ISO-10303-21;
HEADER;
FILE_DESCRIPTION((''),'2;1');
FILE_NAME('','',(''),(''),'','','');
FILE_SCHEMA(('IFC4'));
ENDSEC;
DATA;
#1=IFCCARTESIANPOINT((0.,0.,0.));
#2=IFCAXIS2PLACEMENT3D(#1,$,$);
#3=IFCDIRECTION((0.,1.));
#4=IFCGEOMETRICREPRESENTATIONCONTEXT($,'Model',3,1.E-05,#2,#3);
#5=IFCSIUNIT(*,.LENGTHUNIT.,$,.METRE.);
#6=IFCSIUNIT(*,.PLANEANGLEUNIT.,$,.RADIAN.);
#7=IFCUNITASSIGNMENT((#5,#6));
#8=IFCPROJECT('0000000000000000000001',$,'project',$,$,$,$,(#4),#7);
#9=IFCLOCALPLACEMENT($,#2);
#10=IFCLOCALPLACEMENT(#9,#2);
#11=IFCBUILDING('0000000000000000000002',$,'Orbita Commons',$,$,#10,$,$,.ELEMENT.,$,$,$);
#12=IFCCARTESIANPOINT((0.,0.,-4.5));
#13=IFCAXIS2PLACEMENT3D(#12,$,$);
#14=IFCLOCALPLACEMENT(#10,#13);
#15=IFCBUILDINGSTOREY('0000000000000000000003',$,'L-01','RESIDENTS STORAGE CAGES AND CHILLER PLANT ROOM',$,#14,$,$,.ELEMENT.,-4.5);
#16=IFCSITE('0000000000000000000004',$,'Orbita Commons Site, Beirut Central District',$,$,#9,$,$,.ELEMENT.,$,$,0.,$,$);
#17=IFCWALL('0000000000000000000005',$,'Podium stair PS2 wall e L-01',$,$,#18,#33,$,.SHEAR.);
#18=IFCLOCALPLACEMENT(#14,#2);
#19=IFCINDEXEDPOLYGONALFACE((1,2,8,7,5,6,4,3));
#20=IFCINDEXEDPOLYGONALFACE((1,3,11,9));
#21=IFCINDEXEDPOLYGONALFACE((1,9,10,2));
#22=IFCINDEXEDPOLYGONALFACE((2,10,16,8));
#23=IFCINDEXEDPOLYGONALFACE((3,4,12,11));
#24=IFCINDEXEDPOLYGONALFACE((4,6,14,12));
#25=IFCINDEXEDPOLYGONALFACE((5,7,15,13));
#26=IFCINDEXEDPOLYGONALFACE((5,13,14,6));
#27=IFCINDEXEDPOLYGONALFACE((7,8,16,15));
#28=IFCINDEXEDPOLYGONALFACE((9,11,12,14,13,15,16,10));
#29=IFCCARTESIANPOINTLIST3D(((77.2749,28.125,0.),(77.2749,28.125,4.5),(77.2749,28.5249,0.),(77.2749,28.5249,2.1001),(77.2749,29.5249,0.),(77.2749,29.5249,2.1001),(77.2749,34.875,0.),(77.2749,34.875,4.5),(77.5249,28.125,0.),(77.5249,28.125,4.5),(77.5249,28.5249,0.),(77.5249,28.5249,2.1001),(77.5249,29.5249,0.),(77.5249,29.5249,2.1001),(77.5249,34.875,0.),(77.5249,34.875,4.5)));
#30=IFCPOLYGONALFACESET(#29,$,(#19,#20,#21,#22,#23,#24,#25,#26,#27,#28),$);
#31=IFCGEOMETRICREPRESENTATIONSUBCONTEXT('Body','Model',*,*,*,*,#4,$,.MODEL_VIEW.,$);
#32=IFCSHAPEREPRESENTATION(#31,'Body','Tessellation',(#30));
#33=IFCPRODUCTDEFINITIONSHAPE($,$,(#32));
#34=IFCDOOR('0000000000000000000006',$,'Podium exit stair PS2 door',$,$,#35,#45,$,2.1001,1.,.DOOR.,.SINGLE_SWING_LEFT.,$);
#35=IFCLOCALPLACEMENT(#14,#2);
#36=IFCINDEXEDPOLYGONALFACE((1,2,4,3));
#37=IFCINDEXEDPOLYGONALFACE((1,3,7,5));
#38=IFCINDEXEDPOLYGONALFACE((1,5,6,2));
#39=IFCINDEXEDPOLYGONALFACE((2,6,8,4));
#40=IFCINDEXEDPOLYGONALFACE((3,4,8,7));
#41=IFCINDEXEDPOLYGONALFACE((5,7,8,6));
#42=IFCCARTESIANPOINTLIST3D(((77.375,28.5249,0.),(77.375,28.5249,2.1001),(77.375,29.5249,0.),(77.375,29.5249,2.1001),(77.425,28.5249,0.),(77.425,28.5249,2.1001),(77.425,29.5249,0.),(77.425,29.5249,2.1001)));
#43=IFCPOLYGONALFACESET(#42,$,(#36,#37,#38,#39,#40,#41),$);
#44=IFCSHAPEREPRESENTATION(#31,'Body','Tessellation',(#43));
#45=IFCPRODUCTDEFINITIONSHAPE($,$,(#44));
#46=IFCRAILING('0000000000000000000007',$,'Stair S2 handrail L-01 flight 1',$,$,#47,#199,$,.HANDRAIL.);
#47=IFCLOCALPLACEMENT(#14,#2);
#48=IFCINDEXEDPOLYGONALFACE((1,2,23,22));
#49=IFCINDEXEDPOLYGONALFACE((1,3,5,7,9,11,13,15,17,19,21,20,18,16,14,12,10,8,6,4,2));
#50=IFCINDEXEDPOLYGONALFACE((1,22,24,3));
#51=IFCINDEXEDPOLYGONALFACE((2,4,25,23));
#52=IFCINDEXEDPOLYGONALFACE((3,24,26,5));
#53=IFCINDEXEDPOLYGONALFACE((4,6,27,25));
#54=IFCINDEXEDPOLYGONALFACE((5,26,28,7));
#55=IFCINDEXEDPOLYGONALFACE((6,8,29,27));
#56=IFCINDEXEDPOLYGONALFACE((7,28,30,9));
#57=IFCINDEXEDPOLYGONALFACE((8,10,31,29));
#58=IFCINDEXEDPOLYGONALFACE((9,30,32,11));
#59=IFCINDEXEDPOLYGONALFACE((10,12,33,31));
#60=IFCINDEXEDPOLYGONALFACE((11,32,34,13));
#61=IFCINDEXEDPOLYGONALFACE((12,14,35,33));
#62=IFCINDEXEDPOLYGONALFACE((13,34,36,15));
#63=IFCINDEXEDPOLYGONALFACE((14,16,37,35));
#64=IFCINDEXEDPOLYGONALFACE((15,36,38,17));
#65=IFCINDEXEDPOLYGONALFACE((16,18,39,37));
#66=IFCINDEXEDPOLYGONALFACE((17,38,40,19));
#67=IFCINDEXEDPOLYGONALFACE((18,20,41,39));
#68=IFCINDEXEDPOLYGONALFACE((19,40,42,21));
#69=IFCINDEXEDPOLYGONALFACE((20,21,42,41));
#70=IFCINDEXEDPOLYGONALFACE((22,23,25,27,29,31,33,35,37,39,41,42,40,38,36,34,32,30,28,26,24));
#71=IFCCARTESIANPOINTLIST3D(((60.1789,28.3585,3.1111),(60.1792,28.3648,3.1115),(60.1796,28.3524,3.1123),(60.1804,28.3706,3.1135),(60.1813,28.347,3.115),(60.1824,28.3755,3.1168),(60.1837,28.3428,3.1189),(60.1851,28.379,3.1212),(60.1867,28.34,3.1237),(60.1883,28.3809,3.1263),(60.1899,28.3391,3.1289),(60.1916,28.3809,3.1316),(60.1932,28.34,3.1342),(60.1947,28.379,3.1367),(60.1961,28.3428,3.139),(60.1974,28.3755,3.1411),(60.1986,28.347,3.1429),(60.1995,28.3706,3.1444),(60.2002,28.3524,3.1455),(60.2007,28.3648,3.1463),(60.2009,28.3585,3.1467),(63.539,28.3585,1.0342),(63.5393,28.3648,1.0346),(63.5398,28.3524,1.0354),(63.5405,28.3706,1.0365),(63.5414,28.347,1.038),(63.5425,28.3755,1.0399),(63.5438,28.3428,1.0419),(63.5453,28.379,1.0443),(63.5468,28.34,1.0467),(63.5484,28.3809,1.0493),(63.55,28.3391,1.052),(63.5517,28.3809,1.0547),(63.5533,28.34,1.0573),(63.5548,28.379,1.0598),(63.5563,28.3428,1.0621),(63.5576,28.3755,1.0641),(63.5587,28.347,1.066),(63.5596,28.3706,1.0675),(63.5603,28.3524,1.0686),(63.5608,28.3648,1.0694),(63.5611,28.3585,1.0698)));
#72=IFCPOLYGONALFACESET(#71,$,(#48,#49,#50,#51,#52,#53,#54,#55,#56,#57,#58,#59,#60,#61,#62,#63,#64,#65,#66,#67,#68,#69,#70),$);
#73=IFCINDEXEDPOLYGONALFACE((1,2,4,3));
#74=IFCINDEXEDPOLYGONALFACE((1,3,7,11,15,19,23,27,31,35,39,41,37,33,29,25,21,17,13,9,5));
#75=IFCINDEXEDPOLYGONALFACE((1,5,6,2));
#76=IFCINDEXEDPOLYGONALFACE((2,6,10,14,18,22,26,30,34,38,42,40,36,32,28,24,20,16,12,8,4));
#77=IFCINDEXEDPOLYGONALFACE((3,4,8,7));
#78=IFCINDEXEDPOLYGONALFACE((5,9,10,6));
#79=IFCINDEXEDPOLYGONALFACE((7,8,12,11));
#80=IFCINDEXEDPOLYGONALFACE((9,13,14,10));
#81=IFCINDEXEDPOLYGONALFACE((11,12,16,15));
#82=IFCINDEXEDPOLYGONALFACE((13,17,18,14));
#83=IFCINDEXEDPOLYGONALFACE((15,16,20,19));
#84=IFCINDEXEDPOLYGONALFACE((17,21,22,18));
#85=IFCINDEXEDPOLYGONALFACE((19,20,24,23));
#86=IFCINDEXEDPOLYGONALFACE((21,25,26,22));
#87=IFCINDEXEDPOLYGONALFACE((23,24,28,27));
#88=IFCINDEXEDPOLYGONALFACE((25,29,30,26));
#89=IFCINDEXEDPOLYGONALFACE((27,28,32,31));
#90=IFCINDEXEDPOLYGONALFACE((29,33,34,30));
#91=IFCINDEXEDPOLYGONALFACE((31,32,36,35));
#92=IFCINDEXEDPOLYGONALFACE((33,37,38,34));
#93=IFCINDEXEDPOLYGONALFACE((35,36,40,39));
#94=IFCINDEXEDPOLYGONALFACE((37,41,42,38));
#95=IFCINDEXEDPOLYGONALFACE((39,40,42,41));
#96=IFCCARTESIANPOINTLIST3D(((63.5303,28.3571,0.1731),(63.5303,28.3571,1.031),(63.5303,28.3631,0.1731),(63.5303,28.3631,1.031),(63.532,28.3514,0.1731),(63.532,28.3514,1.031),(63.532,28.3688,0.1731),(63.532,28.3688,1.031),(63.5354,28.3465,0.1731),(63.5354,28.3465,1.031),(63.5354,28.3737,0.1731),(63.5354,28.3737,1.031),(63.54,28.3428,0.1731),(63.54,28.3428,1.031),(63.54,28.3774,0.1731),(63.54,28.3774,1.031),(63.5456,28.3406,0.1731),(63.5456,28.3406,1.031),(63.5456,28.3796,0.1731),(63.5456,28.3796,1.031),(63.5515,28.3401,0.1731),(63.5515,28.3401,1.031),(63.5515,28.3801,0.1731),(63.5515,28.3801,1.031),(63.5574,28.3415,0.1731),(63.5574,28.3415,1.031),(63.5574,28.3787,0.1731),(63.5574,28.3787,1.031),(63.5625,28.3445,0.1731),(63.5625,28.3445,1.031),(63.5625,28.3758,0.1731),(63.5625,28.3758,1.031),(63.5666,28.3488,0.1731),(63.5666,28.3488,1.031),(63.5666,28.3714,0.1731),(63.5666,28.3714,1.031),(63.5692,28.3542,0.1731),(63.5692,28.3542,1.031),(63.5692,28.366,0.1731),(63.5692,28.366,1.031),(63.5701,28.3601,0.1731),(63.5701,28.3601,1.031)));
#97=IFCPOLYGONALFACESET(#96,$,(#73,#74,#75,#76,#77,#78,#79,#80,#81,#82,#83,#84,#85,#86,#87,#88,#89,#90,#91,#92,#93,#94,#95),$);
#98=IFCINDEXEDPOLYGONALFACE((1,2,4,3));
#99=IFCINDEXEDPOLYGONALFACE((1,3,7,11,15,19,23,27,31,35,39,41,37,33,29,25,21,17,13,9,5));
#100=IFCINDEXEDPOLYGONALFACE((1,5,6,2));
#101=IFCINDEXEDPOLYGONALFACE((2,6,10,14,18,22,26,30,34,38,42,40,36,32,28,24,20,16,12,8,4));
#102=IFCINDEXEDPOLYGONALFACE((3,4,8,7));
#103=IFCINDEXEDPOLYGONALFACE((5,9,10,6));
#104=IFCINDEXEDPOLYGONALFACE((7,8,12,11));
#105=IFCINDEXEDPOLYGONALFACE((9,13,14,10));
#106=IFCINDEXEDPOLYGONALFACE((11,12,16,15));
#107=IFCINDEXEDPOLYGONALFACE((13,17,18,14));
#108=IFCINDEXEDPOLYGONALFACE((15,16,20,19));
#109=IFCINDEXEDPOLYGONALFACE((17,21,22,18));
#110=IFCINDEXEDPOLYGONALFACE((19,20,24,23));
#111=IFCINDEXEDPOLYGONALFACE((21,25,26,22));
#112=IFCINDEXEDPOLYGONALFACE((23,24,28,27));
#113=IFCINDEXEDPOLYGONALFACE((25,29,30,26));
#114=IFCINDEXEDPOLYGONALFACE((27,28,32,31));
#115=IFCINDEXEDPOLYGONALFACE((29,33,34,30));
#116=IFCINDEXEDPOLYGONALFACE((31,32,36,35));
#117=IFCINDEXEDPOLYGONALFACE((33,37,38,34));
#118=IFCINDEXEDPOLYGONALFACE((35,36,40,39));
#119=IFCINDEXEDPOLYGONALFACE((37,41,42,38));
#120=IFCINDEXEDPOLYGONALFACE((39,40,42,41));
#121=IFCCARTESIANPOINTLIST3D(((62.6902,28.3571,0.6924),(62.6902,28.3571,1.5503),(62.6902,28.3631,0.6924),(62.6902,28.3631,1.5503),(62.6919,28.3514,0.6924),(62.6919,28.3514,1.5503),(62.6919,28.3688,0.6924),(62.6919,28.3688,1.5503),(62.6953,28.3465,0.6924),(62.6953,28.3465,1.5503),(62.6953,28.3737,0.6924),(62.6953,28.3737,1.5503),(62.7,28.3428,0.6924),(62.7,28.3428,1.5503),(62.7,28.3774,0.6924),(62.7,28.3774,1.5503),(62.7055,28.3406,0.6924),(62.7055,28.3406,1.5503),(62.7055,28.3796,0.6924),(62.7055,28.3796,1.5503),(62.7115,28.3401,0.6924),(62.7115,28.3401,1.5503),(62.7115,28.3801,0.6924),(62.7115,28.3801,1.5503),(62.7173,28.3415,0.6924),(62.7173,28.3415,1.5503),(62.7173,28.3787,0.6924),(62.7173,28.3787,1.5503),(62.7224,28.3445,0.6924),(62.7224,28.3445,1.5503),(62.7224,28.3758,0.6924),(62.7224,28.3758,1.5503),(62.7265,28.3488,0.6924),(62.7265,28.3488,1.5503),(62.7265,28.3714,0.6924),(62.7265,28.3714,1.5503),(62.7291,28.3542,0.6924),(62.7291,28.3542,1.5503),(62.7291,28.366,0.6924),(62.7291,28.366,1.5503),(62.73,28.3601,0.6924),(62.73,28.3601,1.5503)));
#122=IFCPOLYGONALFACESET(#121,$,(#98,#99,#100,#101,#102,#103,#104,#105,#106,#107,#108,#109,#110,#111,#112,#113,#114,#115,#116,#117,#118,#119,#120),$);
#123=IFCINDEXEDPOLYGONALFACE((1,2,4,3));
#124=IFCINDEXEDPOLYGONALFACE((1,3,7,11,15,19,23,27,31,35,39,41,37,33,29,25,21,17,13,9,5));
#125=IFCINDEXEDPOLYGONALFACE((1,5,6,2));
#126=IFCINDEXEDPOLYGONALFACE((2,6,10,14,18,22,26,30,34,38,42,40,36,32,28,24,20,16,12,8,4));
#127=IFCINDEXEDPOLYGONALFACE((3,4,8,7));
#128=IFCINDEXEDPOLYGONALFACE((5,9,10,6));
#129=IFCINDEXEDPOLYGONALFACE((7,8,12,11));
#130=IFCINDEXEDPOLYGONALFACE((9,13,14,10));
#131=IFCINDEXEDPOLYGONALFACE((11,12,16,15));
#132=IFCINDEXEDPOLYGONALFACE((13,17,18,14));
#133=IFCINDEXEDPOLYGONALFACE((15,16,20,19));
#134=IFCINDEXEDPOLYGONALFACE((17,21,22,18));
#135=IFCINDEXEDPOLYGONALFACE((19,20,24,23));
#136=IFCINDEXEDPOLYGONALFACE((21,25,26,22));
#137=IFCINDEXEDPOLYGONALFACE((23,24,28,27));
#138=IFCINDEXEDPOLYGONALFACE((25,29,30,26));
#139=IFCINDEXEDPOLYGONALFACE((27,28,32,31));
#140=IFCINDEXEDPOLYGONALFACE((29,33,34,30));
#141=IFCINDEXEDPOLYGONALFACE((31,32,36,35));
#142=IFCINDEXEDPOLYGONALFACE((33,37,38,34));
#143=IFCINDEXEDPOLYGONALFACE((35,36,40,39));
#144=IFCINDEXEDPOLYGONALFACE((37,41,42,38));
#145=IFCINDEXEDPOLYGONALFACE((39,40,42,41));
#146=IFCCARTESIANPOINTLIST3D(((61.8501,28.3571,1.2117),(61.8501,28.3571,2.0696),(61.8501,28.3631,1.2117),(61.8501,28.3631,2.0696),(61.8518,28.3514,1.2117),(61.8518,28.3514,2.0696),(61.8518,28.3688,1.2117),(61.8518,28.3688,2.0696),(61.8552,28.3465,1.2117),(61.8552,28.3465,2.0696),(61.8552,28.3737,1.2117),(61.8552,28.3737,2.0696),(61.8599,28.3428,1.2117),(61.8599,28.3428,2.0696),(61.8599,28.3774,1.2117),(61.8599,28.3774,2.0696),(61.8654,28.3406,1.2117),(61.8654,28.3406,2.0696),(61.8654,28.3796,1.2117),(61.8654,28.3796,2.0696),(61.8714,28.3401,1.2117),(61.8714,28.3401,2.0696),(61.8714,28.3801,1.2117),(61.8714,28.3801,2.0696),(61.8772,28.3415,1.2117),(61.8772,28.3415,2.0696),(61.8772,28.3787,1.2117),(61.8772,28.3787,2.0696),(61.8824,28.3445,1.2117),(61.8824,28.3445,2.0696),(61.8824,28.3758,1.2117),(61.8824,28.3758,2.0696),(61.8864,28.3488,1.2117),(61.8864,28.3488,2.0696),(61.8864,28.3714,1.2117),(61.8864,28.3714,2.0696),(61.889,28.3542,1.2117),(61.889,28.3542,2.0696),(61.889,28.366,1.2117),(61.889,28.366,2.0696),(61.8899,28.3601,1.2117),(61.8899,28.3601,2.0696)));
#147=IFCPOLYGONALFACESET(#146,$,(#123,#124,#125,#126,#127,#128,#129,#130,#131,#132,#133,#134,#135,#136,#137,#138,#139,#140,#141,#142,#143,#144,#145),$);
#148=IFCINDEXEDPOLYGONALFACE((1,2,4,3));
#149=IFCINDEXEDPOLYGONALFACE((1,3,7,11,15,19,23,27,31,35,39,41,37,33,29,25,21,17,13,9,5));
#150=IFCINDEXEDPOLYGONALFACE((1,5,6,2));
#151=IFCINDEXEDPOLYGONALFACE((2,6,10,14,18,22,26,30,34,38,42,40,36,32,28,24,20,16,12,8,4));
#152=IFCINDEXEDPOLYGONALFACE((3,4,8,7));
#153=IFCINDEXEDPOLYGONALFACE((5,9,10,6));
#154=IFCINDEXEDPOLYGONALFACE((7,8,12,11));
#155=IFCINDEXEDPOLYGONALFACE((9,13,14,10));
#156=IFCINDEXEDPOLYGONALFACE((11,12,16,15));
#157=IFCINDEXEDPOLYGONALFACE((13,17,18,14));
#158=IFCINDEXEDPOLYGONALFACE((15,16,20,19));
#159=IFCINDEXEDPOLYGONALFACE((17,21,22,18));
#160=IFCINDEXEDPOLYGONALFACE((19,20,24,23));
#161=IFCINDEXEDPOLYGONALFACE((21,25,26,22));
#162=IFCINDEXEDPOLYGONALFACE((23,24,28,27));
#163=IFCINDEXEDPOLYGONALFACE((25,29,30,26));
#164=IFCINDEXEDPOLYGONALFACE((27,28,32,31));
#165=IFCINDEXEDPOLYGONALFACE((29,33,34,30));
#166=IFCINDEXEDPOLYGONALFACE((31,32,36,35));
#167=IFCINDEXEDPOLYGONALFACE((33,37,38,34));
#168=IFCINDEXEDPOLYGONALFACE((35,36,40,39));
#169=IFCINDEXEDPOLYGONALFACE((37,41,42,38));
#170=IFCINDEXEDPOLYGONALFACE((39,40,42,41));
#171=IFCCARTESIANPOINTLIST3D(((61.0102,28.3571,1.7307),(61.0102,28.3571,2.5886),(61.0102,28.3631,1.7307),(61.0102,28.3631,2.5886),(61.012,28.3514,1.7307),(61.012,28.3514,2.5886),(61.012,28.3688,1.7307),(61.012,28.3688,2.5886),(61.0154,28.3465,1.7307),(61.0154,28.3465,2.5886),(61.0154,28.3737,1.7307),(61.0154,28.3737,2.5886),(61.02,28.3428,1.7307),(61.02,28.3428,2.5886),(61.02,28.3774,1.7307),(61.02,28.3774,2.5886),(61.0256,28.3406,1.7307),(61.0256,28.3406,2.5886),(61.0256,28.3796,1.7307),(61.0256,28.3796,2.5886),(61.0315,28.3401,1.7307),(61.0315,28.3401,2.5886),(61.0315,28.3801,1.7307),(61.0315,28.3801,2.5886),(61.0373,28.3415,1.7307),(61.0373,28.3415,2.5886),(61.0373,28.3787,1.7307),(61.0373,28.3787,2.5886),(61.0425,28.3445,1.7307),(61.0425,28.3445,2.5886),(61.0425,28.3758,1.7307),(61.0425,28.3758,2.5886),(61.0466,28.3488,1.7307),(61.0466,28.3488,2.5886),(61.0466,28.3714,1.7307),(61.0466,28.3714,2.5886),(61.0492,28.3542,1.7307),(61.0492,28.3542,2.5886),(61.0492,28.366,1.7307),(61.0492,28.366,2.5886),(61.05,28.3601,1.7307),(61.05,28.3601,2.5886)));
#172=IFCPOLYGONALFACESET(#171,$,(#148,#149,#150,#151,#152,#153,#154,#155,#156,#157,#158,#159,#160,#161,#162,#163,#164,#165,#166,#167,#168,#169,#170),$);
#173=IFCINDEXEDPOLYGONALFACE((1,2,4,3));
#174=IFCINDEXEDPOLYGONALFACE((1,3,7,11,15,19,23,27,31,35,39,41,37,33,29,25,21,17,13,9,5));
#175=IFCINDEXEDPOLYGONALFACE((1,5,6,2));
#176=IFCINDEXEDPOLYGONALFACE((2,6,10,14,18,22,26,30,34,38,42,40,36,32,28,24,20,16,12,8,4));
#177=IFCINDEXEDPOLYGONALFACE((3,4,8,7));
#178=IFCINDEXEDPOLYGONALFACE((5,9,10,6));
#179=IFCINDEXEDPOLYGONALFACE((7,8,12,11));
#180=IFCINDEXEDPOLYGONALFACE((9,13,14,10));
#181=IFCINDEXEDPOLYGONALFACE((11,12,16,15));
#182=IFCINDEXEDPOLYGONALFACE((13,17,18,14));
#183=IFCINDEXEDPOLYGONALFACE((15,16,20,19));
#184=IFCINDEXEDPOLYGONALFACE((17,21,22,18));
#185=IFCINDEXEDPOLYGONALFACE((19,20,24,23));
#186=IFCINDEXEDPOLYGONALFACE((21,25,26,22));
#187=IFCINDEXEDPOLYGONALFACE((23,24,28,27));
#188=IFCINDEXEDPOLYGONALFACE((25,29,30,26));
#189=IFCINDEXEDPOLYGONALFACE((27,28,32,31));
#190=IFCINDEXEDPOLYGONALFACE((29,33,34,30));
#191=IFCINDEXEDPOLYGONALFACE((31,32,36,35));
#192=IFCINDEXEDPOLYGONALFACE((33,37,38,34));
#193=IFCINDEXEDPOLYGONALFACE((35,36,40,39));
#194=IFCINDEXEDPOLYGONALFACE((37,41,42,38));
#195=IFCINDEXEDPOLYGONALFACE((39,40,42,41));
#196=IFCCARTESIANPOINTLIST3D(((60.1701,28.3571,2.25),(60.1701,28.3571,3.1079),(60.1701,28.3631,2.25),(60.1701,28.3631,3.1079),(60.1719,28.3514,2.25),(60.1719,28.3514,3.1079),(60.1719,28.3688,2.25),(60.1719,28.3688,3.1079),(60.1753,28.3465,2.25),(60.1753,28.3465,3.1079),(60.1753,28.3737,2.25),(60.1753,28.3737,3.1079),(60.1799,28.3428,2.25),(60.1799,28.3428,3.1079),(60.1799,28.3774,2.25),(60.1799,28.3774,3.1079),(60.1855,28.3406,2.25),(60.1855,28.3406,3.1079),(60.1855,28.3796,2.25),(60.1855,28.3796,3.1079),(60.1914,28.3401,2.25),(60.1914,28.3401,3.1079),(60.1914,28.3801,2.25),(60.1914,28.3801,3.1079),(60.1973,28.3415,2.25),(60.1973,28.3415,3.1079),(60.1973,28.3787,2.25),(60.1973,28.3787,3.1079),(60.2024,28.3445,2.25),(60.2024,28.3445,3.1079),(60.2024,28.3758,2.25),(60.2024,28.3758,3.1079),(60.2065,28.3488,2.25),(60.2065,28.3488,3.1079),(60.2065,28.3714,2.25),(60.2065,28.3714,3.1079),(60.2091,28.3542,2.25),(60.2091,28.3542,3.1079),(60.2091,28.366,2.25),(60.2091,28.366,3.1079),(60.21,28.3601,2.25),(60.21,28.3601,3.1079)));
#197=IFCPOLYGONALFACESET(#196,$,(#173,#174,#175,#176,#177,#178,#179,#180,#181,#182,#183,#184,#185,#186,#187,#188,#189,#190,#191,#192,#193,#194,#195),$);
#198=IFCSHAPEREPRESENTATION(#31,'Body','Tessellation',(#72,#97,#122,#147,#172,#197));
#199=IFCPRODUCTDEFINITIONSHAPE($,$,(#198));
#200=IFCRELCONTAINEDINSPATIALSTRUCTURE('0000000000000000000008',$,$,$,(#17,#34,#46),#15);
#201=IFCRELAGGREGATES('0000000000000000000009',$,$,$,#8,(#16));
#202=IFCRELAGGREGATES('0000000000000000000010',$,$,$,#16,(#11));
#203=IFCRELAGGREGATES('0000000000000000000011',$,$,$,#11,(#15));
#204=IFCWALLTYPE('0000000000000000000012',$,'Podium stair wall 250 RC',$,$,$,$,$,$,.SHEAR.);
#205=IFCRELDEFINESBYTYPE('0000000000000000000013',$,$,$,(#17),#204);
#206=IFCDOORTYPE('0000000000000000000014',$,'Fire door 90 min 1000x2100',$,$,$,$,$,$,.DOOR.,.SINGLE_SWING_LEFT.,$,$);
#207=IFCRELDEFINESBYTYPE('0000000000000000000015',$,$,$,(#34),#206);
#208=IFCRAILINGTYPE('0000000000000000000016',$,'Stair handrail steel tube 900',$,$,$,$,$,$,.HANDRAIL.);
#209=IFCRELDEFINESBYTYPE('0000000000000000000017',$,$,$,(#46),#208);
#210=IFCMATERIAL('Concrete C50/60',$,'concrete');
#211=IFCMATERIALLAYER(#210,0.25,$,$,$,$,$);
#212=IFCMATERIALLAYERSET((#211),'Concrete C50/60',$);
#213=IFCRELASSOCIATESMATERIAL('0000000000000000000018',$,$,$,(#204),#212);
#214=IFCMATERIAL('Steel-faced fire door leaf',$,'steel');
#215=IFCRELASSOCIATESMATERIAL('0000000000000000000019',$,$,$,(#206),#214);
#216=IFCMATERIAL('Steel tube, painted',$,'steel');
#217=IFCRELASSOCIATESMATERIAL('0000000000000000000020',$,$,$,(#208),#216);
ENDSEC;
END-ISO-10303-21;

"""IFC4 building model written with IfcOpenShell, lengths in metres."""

from ifc_helpers import new_model, si_unit, direction, frame, frame_2d, origin, origin_2d, place, context, subcontext, project, spatial, rectangle, circle, extrude, material, layer, layer_set, type_object, element, fill, save


model = new_model("IFC4")

# Units and contexts
model_context = context("Model", 3, precision=1e-05, world=origin(), true_north=direction((0.0, 1.0)))
body_context = subcontext(model_context, "Body", "Model", "MODEL_VIEW")
ifc_project = project(units=[si_unit("LENGTHUNIT", "METRE"), si_unit("PLANEANGLEUNIT", "RADIAN")], contexts=[model_context])

# Site, building, storey
site_placement = place(None, origin())
site = spatial("IfcSite", under=ifc_project, at=site_placement, Name="Orbita Commons Site, Beirut Central District", CompositionType="ELEMENT", RefElevation=0.0)
building_placement = place(site_placement, origin())
building = spatial("IfcBuilding", under=site, at=building_placement, Name="Orbita Commons", CompositionType="ELEMENT")
storey_placement = place(building_placement, frame((0.0, 0.0, -4.5)))
storey = spatial("IfcBuildingStorey", under=building, at=storey_placement, Name="L-01", Description="RESIDENTS STORAGE CAGES AND CHILLER PLANT ROOM", CompositionType="ELEMENT", Elevation=-4.5)

# Shared definitions
ifc_material_1 = material(Name="Concrete C50/60", Category="concrete")
ifc_layer_1 = layer(ifc_material_1, 0.25)
ifc_layer_set_1 = layer_set([ifc_layer_1], Name="Concrete C50/60")
wall_type_1 = type_object("IfcWallType", Name="Podium stair wall 250 RC", PredefinedType="SHEAR", material=ifc_layer_set_1)

# Wall, opening, door
wall_1_placement = place(storey_placement, frame((77.3999, 28.125, 0.0), z_axis=(0.0, 0.0, 1.0), x_axis=(0.0, 1.0, 0.0)))
wall_1 = element("IfcWall", 1, at=wall_1_placement, inside=storey, type_object=wall_type_1, Name="Podium stair PS2 wall e L-01", PredefinedType="SHEAR", context=body_context, shape_type="SweptSolid", body=[
    extrude(rectangle(XDim=6.75, YDim=0.25, at=frame_2d((3.375, 0.0))), origin(), (0.0, 0.0, 1.0), 4.5),
])
opening_1_placement = place(wall_1_placement, frame((0.3999, 0.0, 0.0)))
opening_1 = element("IfcOpeningElement", 2, at=opening_1_placement, cuts=wall_1, PredefinedType="OPENING", context=body_context, shape_type="SweptSolid", body=[
    extrude(rectangle(XDim=1.0, YDim=2.1001, at=frame_2d((0.5, 1.05))), frame((0.0, 0.135, 0.0), z_axis=(0.0, -1.0, 0.0), x_axis=(1.0, 0.0, 0.0)), (0.0, 0.0, 1.0), 0.27),
])
ifc_material_2 = material(Name="Steel-faced fire door leaf", Category="steel")
door_type_1 = type_object("IfcDoorType", Name="Fire door 90 min 1000x2100", OperationType="SINGLE_SWING_LEFT", PredefinedType="DOOR", material=ifc_material_2)
door_1_placement = place(opening_1_placement, origin())
door_1 = element("IfcDoor", 3, at=door_1_placement, inside=storey, type_object=door_type_1, Name="Podium exit stair PS2 door", OperationType="SINGLE_SWING_LEFT", OverallHeight=2.1001, OverallWidth=1.0, PredefinedType="DOOR", context=body_context, shape_type="SweptSolid", body=[
    extrude(rectangle(XDim=1.0, YDim=2.1001, at=frame_2d((0.5, 1.05))), frame((0.0, 0.0249, 0.0), z_axis=(0.0, -1.0, 0.0), x_axis=(1.0, 0.0, 0.0)), (0.0, 0.0, 1.0), 0.05),
])
fill(opening_1, door_1)

# Railing
ifc_material_3 = material(Name="Steel tube, painted", Category="steel")
railing_type = type_object("IfcRailingType", Name="Stair handrail steel tube 900", PredefinedType="HANDRAIL", material=ifc_material_3)
railing_placement = place(storey_placement, frame((63.55, 28.3601, 0.1731)))
element("IfcRailing", 4, at=railing_placement, inside=storey, type_object=railing_type, Name="Stair S2 handrail L-01 flight 1", PredefinedType="HANDRAIL", context=body_context, shape_type="SweptSolid", body=[
    extrude(circle(Radius=0.021, at=origin_2d()), frame((0.0, 0.0, 0.8789), z_axis=(-0.850623, 0.0, 0.525776), x_axis=(0.0, -1.0, 0.0)), (0.0, 0.0, 1.0), 3.9502),
    extrude(circle(Radius=0.02, at=origin_2d()), origin(), (0.0, 0.0, 1.0), 0.8579),
    extrude(circle(Radius=0.02, at=origin_2d()), frame((-0.8401, 0.0, 0.5193)), (0.0, 0.0, 1.0), 0.8579),
    extrude(circle(Radius=0.02, at=origin_2d()), frame((-1.6802, 0.0, 1.0386)), (0.0, 0.0, 1.0), 0.8579),
    extrude(circle(Radius=0.02, at=origin_2d()), frame((-2.52, 0.0, 1.5576)), (0.0, 0.0, 1.0), 0.8579),
    extrude(circle(Radius=0.02, at=origin_2d()), frame((-3.3601, 0.0, 2.0769)), (0.0, 0.0, 1.0), 0.8579),
])

save(model, "model.ifc")
